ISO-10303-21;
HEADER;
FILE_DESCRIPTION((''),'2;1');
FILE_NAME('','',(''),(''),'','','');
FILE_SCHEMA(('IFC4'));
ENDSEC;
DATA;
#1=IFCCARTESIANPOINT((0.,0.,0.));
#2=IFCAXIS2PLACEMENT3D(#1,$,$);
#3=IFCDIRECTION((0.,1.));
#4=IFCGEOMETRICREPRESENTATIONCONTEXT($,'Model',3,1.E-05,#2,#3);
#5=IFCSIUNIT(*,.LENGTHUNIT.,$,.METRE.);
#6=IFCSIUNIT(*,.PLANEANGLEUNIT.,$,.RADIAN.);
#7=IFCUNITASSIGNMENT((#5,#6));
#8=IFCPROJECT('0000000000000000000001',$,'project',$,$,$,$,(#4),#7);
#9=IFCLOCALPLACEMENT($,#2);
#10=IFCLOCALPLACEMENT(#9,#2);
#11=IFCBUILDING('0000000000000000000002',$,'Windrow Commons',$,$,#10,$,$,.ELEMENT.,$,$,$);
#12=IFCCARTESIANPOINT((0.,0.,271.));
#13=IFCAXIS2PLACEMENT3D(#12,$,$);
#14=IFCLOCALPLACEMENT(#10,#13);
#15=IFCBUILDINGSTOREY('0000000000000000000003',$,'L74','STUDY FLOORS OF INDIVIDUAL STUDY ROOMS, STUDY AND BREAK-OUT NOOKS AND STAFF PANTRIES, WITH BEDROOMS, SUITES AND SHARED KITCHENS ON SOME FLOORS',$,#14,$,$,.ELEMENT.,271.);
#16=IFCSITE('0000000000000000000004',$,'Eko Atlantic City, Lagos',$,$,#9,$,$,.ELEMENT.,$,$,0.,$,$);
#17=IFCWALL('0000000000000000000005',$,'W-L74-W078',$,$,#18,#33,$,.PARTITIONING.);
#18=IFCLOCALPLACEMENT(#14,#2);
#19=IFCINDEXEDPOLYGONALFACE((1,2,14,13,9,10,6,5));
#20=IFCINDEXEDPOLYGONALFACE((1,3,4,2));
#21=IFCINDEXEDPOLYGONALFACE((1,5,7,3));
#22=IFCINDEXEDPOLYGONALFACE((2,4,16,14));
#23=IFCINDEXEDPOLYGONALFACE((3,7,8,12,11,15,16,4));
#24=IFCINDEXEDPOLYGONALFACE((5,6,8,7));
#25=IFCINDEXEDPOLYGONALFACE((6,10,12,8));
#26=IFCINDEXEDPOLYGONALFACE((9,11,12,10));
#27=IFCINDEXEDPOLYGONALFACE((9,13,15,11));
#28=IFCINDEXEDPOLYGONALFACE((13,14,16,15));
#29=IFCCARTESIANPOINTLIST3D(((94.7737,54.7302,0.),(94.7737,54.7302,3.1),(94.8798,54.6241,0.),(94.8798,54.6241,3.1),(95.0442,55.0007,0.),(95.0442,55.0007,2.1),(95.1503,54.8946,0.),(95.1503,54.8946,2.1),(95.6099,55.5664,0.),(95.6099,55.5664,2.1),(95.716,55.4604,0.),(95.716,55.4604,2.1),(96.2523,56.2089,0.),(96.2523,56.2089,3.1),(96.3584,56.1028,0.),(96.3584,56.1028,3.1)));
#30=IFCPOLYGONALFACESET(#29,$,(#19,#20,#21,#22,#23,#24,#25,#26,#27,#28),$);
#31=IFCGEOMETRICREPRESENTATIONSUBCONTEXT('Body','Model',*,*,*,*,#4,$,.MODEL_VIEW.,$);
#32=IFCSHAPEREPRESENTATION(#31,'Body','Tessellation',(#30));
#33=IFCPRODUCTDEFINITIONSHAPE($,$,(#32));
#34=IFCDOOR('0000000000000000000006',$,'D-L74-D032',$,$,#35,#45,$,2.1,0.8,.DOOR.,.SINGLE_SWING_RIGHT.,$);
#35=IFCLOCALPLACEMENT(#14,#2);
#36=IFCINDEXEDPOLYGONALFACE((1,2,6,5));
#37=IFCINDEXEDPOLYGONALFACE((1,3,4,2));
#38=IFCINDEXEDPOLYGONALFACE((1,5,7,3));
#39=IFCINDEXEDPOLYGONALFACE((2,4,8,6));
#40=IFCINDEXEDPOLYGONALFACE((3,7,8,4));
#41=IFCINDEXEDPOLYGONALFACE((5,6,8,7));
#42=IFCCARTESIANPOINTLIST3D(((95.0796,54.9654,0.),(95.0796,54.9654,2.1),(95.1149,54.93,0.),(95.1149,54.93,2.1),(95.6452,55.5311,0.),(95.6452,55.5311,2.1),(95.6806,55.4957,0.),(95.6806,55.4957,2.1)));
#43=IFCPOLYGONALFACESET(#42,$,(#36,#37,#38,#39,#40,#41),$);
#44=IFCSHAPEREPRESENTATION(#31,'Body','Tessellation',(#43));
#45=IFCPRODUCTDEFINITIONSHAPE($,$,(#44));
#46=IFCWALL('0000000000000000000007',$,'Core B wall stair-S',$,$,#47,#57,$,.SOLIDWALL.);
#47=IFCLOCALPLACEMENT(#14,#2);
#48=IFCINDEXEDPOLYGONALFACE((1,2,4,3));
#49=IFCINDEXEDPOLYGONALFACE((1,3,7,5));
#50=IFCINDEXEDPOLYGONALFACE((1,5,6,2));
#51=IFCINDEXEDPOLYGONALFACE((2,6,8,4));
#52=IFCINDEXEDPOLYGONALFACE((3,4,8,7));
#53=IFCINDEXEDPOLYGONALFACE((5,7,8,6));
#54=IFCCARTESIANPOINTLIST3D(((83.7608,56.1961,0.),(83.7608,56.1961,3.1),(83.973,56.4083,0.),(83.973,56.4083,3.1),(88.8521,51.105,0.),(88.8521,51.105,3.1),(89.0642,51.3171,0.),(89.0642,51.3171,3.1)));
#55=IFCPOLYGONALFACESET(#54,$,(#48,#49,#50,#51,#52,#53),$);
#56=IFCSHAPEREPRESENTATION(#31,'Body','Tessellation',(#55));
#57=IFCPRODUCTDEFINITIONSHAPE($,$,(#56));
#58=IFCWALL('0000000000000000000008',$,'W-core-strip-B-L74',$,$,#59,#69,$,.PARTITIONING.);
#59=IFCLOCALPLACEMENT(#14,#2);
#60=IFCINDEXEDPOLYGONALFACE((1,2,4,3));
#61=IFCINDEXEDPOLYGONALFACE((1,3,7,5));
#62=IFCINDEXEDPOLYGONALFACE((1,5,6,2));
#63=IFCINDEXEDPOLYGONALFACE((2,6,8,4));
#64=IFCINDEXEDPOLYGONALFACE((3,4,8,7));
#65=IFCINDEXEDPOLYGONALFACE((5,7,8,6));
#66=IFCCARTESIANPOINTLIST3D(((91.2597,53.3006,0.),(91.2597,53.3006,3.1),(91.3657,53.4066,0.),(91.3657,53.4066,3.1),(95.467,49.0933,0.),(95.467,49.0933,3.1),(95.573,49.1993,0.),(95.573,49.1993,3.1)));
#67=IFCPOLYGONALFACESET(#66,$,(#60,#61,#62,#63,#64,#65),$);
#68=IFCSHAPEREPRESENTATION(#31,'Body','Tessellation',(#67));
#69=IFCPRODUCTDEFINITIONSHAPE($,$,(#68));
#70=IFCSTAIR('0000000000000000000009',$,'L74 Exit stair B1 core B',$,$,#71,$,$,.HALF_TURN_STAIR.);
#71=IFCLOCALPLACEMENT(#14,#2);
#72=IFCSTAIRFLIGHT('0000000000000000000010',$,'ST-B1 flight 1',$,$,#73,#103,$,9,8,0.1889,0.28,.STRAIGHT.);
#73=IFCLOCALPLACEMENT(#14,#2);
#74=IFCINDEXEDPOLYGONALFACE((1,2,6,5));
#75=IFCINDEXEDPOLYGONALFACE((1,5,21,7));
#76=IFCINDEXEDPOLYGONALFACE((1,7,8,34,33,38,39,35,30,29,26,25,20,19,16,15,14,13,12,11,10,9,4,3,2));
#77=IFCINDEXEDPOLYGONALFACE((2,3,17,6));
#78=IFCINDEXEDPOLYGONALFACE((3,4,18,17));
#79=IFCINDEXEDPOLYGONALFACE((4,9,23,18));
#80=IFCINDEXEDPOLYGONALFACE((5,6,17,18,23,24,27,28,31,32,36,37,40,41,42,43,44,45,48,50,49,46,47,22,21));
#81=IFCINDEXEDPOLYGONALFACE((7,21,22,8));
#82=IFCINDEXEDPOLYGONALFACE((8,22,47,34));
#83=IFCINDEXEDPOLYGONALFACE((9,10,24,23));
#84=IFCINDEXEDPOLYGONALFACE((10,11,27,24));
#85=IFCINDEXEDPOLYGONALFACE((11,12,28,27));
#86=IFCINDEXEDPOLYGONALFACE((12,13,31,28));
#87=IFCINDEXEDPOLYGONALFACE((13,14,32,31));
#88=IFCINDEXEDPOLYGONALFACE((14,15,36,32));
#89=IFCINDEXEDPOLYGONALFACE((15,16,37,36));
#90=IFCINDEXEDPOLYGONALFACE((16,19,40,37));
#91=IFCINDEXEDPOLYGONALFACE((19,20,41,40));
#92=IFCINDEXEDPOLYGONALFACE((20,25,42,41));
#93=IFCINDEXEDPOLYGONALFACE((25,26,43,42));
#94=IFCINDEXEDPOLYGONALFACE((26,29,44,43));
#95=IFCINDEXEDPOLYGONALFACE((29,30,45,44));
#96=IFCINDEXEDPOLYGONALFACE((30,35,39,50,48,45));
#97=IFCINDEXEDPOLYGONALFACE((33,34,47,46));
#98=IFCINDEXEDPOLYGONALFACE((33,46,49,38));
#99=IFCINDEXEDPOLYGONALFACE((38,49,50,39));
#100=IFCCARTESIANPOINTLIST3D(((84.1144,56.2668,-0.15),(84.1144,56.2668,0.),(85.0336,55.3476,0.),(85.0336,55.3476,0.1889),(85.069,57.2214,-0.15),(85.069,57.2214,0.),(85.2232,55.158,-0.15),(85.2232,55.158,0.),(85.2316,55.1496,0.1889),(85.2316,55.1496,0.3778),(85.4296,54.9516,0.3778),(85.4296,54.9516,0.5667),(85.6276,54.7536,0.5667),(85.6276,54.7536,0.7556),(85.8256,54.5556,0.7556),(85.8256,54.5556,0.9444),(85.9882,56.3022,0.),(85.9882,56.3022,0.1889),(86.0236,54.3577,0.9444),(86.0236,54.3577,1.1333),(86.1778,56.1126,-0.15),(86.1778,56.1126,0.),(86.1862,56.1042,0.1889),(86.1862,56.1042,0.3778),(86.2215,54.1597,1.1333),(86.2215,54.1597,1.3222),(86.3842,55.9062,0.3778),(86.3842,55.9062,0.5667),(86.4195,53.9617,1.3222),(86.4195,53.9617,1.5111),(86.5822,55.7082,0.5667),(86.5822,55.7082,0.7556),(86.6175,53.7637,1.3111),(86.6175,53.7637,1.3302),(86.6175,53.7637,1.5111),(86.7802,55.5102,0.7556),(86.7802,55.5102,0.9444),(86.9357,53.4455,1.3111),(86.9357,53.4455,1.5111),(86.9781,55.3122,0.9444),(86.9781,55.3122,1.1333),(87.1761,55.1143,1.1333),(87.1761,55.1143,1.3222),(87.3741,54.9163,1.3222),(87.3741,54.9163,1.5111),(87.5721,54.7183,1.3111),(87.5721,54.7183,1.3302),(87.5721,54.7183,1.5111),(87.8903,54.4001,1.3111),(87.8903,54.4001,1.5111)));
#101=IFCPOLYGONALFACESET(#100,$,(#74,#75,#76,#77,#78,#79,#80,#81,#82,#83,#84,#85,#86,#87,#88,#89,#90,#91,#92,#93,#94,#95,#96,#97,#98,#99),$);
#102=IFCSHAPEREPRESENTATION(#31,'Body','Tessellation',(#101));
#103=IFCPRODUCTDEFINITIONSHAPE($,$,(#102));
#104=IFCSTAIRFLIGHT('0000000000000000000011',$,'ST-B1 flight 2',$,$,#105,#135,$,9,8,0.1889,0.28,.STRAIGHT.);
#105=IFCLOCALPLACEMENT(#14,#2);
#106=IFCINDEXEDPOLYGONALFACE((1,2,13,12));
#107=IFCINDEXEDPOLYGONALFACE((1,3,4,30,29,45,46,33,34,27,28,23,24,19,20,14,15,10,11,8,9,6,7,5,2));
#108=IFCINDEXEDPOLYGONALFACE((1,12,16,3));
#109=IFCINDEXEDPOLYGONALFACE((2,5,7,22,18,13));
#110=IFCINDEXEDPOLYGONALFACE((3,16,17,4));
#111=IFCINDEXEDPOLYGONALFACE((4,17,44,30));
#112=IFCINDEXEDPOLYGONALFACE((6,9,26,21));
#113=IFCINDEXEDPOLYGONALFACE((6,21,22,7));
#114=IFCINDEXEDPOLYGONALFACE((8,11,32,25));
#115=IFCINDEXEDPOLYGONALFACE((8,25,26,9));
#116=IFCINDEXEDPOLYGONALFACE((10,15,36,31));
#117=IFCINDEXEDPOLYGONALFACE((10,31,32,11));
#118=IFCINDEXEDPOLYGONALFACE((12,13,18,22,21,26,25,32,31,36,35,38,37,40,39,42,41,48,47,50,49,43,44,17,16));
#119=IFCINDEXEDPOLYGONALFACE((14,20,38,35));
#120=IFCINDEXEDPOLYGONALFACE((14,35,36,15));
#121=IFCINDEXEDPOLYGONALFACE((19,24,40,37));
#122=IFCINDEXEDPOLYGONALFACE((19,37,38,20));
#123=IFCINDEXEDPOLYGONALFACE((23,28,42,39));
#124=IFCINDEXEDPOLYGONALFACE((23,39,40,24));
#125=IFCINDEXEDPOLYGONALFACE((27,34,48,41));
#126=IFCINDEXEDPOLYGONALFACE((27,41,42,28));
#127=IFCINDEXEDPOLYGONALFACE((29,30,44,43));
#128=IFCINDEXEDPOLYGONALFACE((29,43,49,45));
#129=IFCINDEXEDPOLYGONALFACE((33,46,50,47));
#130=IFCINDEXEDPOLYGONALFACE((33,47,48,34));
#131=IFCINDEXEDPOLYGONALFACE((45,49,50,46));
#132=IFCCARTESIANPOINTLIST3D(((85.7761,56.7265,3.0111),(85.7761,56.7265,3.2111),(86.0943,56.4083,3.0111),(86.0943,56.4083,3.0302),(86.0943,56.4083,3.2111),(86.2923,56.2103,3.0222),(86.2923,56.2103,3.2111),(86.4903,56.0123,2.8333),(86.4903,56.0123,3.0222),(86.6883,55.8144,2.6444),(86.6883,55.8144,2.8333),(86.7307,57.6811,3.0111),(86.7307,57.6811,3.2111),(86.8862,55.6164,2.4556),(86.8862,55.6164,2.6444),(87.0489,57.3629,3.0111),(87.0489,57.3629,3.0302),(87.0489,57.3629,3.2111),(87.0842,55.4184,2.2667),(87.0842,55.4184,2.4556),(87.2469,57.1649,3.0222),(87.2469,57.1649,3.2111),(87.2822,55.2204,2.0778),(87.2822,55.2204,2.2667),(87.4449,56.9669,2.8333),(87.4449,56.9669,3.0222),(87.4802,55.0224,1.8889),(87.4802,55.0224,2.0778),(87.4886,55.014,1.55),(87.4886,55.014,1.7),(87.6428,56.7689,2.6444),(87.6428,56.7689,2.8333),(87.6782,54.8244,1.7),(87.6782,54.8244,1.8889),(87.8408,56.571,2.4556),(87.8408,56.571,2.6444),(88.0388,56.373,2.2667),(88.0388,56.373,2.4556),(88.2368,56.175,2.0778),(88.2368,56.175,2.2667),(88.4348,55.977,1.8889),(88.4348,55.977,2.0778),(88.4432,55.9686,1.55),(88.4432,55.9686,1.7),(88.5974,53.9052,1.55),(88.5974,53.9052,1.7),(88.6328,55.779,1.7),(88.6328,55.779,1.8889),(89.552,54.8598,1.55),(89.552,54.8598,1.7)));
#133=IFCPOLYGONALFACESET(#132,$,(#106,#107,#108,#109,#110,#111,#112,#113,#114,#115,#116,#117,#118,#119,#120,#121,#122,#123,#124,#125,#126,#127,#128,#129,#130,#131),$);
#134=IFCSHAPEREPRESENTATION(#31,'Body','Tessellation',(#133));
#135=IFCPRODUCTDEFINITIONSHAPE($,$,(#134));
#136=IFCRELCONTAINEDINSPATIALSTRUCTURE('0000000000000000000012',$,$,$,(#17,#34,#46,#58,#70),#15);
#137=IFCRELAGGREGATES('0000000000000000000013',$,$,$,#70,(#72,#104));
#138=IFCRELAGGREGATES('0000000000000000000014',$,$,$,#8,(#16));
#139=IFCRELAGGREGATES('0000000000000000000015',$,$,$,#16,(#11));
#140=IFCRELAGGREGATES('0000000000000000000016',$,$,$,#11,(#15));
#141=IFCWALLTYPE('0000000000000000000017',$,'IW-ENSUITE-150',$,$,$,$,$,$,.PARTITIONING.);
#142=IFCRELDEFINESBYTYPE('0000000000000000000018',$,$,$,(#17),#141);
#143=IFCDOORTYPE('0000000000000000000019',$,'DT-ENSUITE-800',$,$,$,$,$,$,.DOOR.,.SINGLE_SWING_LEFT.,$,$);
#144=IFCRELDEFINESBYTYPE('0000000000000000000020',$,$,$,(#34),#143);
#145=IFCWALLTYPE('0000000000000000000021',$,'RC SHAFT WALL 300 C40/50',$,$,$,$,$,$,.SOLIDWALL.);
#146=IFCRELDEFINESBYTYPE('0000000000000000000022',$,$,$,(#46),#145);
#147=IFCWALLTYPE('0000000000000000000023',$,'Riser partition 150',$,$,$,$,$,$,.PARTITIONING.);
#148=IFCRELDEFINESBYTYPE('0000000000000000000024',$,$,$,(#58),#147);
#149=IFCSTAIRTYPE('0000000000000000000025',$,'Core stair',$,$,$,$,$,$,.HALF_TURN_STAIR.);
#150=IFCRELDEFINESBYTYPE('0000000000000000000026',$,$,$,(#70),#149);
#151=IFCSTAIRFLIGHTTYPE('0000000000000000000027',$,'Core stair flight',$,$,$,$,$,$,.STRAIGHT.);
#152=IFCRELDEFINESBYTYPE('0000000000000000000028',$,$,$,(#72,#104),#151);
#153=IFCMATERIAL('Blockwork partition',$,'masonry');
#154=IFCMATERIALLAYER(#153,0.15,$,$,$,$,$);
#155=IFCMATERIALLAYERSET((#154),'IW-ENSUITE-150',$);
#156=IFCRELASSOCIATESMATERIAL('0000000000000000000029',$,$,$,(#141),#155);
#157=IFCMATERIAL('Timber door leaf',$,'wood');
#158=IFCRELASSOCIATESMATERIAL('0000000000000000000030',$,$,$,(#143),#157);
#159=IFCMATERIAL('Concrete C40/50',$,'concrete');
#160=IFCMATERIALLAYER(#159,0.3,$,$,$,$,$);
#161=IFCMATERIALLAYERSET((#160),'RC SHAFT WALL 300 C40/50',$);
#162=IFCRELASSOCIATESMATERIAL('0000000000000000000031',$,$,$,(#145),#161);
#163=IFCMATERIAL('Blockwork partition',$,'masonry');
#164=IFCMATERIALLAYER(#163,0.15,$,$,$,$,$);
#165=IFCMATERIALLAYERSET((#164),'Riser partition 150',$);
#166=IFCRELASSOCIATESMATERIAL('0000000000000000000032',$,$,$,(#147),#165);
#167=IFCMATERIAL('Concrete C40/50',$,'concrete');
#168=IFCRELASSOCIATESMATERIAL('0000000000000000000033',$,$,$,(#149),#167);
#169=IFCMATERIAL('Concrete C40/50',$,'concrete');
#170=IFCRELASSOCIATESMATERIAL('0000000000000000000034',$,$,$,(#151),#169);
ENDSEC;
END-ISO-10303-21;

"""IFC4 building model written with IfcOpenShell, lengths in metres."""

from ifc_helpers import new_model, si_unit, direction, frame, frame_2d, origin, place, context, subcontext, project, spatial, polyline, rectangle, outline, extrude, material, layer, layer_set, type_object, element, fill, aggregate, save


model = new_model("IFC4")

# Units and contexts
model_context = context("Model", 3, precision=1e-05, world=origin(), true_north=direction((0.0, 1.0)))
body_context = subcontext(model_context, "Body", "Model", "MODEL_VIEW")
ifc_project = project(units=[si_unit("LENGTHUNIT", "METRE"), si_unit("PLANEANGLEUNIT", "RADIAN")], contexts=[model_context])

# Site, building, storey
site_placement = place(None, origin())
site = spatial("IfcSite", under=ifc_project, at=site_placement, Name="Eko Atlantic City, Lagos", CompositionType="ELEMENT", RefElevation=0.0)
building_placement = place(site_placement, origin())
building = spatial("IfcBuilding", under=site, at=building_placement, Name="Windrow Commons", CompositionType="ELEMENT")
storey_placement = place(building_placement, frame((0.0, 0.0, 271.0)))
storey = spatial("IfcBuildingStorey", under=building, at=storey_placement, Name="L74", Description="STUDY FLOORS OF INDIVIDUAL STUDY ROOMS, STUDY AND BREAK-OUT NOOKS AND STAFF PANTRIES, WITH BEDROOMS, SUITES AND SHARED KITCHENS ON SOME FLOORS", CompositionType="ELEMENT", Elevation=271.0)

# Shared definitions
ifc_material_1 = material(Name="Blockwork partition", Category="masonry")
ifc_layer_1 = layer(ifc_material_1, 0.15)
ifc_layer_set_1 = layer_set([ifc_layer_1], Name="IW-ENSUITE-150")
wall_type_1 = type_object("IfcWallType", Name="IW-ENSUITE-150", PredefinedType="PARTITIONING", material=ifc_layer_set_1)

# Wall, opening, door
wall_1_placement = place(storey_placement, frame((94.8268, 54.6772, 0.0), z_axis=(0.0, 0.0, 1.0), x_axis=(0.707083, 0.707131, 0.0)))
wall_1 = element("IfcWall", 1, at=wall_1_placement, inside=storey, type_object=wall_type_1, Name="W-L74-W078", PredefinedType="PARTITIONING", context=body_context, shape_type="SweptSolid", body=[
    extrude(rectangle(XDim=2.0911, YDim=0.15, at=frame_2d((1.0455, 0.0))), origin(), (0.0, 0.0, 1.0), 3.1),
])
opening_1_placement = place(wall_1_placement, frame((0.3825, 0.0, 0.0)))
opening_1 = element("IfcOpeningElement", 2, at=opening_1_placement, cuts=wall_1, PredefinedType="OPENING", context=body_context, shape_type="SweptSolid", body=[
    extrude(rectangle(XDim=0.8, YDim=2.1, at=frame_2d((0.4, 1.05))), frame((0.0, 0.085, 0.0), z_axis=(0.0, -1.0, 0.0), x_axis=(1.0, 0.0, 0.0)), (0.0, 0.0, 1.0), 0.17),
])
ifc_material_2 = material(Name="Timber door leaf", Category="wood")
door_type = type_object("IfcDoorType", Name="DT-ENSUITE-800", OperationType="SINGLE_SWING_LEFT", PredefinedType="DOOR", material=ifc_material_2)
door_placement = place(opening_1_placement, origin())
door = element("IfcDoor", 3, at=door_placement, inside=storey, type_object=door_type, Name="D-L74-D032", OperationType="SINGLE_SWING_RIGHT", OverallHeight=2.1, OverallWidth=0.8, PredefinedType="DOOR", context=body_context, shape_type="SweptSolid", body=[
    extrude(rectangle(XDim=0.8, YDim=2.1, at=frame_2d((0.4, 1.05))), frame((0.0, 0.025, 0.0), z_axis=(0.0, -1.0, 0.0), x_axis=(1.0, 0.0, 0.0)), (0.0, 0.0, 1.0), 0.05),
])
fill(opening_1, door)

# Walls
ifc_material_3 = material(Name="Concrete C40/50", Category="concrete")
ifc_layer_2 = layer(ifc_material_3, 0.3)
ifc_layer_set_2 = layer_set([ifc_layer_2], Name="RC SHAFT WALL 300 C40/50")
wall_type_2 = type_object("IfcWallType", Name="RC SHAFT WALL 300 C40/50", PredefinedType="SOLIDWALL", material=ifc_layer_set_2)
wall_2_placement = place(storey_placement, frame((83.8669, 56.3022, 0.0), z_axis=(0.0, 0.0, 1.0), x_axis=(0.707114, -0.7071, 0.0)))
element("IfcWall", 4, at=wall_2_placement, inside=storey, type_object=wall_type_2, Name="Core B wall stair-S", PredefinedType="SOLIDWALL", context=body_context, shape_type="SweptSolid", body=[
    extrude(rectangle(XDim=7.2, YDim=0.3, at=frame_2d((3.6, 0.0))), origin(), (0.0, 0.0, 1.0), 3.1),
])
ifc_material_4 = material(Name="Blockwork partition", Category="masonry")
ifc_layer_3 = layer(ifc_material_4, 0.15)
ifc_layer_set_3 = layer_set([ifc_layer_3], Name="Riser partition 150")
wall_type_3 = type_object("IfcWallType", Name="Riser partition 150", PredefinedType="PARTITIONING", material=ifc_layer_set_3)
wall_3_placement = place(storey_placement, frame((91.3127, 53.3536, 0.0), z_axis=(0.0, 0.0, 1.0), x_axis=(0.707107, -0.707107, 0.0)))
element("IfcWall", 5, at=wall_3_placement, inside=storey, type_object=wall_type_3, Name="W-core-strip-B-L74", PredefinedType="PARTITIONING", context=body_context, shape_type="SweptSolid", body=[
    extrude(rectangle(XDim=5.95, YDim=0.15, at=frame_2d((2.975, 0.0))), origin(), (0.0, 0.0, 1.0), 3.1),
])

# Stair, stair flights
ifc_material_5 = material(Name="Concrete C40/50", Category="concrete")
stair_type = type_object("IfcStairType", Name="Core stair", PredefinedType="HALF_TURN_STAIR", material=ifc_material_5)
stair_placement = place(storey_placement, origin())
stair = element("IfcStair", 6, at=stair_placement, inside=storey, type_object=stair_type, Name="L74 Exit stair B1 core B", PredefinedType="HALF_TURN_STAIR")
ifc_material_6 = material(Name="Concrete C40/50", Category="concrete")
stair_flight_type = type_object("IfcStairFlightType", Name="Core stair flight", PredefinedType="STRAIGHT", material=ifc_material_6)
stair_flight_1_placement = place(storey_placement, frame((85.5109, 55.8249, 0.0), z_axis=(0.0, 0.0, 1.0), x_axis=(0.707107, -0.707107, 0.0)))
stair_flight_1 = element("IfcStairFlight", 7, at=stair_flight_1_placement, type_object=stair_flight_type, Name="ST-B1 flight 1", NumberOfRisers=9, NumberOfTreads=8, PredefinedType="STRAIGHT", RiserHeight=0.1889, TreadLength=0.28, context=body_context, shape_type="SweptSolid", body=[
    extrude(outline(polyline([(-1.3, -0.15), (-1.3, 0.0), (0.0, 0.0), (0.0, 0.1889), (0.28, 0.1889), (0.28, 0.3778), (0.56, 0.3778), (0.56, 0.5667), (0.84, 0.5667), (0.84, 0.7556), (1.12, 0.7556), (1.12, 0.9444), (1.4, 0.9444), (1.4, 1.1333), (1.68, 1.1333), (1.68, 1.3222), (1.96, 1.3222), (1.96, 1.5111), (2.24, 1.5111), (2.69, 1.5111), (2.69, 1.3111), (2.24, 1.3111), (2.24, 1.3302), (0.2682, 0.0), (0.2682, -0.15), (-1.3, -0.15)])), frame((0.0, 0.675, 0.0), z_axis=(0.0, -1.0, 0.0), x_axis=(1.0, 0.0, 0.0)), (0.0, 0.0, 1.0), 1.35),
])
stair_flight_2_placement = place(storey_placement, frame((88.1555, 55.3017, 1.7), z_axis=(0.0, 0.0, 1.0), x_axis=(-0.707107, 0.707107, 0.0)))
stair_flight_2 = element("IfcStairFlight", 8, at=stair_flight_2_placement, type_object=stair_flight_type, Name="ST-B1 flight 2", NumberOfRisers=9, NumberOfTreads=8, PredefinedType="STRAIGHT", RiserHeight=0.1889, TreadLength=0.28, context=body_context, shape_type="SweptSolid", body=[
    extrude(outline(polyline([(-1.3, -0.15), (-1.3, 0.0), (0.0, 0.0), (0.0, 0.1889), (0.28, 0.1889), (0.28, 0.3778), (0.56, 0.3778), (0.56, 0.5667), (0.84, 0.5667), (0.84, 0.7556), (1.12, 0.7556), (1.12, 0.9444), (1.4, 0.9444), (1.4, 1.1333), (1.68, 1.1333), (1.68, 1.3222), (1.96, 1.3222), (1.96, 1.5111), (2.24, 1.5111), (2.69, 1.5111), (2.69, 1.3111), (2.24, 1.3111), (2.24, 1.3302), (0.2682, 0.0), (0.2682, -0.15), (-1.3, -0.15)])), frame((0.0, 0.675, 0.0), z_axis=(0.0, -1.0, 0.0), x_axis=(1.0, 0.0, 0.0)), (0.0, 0.0, 1.0), 1.35),
])
aggregate(stair, [stair_flight_1, stair_flight_2])

save(model, "model.ifc")
